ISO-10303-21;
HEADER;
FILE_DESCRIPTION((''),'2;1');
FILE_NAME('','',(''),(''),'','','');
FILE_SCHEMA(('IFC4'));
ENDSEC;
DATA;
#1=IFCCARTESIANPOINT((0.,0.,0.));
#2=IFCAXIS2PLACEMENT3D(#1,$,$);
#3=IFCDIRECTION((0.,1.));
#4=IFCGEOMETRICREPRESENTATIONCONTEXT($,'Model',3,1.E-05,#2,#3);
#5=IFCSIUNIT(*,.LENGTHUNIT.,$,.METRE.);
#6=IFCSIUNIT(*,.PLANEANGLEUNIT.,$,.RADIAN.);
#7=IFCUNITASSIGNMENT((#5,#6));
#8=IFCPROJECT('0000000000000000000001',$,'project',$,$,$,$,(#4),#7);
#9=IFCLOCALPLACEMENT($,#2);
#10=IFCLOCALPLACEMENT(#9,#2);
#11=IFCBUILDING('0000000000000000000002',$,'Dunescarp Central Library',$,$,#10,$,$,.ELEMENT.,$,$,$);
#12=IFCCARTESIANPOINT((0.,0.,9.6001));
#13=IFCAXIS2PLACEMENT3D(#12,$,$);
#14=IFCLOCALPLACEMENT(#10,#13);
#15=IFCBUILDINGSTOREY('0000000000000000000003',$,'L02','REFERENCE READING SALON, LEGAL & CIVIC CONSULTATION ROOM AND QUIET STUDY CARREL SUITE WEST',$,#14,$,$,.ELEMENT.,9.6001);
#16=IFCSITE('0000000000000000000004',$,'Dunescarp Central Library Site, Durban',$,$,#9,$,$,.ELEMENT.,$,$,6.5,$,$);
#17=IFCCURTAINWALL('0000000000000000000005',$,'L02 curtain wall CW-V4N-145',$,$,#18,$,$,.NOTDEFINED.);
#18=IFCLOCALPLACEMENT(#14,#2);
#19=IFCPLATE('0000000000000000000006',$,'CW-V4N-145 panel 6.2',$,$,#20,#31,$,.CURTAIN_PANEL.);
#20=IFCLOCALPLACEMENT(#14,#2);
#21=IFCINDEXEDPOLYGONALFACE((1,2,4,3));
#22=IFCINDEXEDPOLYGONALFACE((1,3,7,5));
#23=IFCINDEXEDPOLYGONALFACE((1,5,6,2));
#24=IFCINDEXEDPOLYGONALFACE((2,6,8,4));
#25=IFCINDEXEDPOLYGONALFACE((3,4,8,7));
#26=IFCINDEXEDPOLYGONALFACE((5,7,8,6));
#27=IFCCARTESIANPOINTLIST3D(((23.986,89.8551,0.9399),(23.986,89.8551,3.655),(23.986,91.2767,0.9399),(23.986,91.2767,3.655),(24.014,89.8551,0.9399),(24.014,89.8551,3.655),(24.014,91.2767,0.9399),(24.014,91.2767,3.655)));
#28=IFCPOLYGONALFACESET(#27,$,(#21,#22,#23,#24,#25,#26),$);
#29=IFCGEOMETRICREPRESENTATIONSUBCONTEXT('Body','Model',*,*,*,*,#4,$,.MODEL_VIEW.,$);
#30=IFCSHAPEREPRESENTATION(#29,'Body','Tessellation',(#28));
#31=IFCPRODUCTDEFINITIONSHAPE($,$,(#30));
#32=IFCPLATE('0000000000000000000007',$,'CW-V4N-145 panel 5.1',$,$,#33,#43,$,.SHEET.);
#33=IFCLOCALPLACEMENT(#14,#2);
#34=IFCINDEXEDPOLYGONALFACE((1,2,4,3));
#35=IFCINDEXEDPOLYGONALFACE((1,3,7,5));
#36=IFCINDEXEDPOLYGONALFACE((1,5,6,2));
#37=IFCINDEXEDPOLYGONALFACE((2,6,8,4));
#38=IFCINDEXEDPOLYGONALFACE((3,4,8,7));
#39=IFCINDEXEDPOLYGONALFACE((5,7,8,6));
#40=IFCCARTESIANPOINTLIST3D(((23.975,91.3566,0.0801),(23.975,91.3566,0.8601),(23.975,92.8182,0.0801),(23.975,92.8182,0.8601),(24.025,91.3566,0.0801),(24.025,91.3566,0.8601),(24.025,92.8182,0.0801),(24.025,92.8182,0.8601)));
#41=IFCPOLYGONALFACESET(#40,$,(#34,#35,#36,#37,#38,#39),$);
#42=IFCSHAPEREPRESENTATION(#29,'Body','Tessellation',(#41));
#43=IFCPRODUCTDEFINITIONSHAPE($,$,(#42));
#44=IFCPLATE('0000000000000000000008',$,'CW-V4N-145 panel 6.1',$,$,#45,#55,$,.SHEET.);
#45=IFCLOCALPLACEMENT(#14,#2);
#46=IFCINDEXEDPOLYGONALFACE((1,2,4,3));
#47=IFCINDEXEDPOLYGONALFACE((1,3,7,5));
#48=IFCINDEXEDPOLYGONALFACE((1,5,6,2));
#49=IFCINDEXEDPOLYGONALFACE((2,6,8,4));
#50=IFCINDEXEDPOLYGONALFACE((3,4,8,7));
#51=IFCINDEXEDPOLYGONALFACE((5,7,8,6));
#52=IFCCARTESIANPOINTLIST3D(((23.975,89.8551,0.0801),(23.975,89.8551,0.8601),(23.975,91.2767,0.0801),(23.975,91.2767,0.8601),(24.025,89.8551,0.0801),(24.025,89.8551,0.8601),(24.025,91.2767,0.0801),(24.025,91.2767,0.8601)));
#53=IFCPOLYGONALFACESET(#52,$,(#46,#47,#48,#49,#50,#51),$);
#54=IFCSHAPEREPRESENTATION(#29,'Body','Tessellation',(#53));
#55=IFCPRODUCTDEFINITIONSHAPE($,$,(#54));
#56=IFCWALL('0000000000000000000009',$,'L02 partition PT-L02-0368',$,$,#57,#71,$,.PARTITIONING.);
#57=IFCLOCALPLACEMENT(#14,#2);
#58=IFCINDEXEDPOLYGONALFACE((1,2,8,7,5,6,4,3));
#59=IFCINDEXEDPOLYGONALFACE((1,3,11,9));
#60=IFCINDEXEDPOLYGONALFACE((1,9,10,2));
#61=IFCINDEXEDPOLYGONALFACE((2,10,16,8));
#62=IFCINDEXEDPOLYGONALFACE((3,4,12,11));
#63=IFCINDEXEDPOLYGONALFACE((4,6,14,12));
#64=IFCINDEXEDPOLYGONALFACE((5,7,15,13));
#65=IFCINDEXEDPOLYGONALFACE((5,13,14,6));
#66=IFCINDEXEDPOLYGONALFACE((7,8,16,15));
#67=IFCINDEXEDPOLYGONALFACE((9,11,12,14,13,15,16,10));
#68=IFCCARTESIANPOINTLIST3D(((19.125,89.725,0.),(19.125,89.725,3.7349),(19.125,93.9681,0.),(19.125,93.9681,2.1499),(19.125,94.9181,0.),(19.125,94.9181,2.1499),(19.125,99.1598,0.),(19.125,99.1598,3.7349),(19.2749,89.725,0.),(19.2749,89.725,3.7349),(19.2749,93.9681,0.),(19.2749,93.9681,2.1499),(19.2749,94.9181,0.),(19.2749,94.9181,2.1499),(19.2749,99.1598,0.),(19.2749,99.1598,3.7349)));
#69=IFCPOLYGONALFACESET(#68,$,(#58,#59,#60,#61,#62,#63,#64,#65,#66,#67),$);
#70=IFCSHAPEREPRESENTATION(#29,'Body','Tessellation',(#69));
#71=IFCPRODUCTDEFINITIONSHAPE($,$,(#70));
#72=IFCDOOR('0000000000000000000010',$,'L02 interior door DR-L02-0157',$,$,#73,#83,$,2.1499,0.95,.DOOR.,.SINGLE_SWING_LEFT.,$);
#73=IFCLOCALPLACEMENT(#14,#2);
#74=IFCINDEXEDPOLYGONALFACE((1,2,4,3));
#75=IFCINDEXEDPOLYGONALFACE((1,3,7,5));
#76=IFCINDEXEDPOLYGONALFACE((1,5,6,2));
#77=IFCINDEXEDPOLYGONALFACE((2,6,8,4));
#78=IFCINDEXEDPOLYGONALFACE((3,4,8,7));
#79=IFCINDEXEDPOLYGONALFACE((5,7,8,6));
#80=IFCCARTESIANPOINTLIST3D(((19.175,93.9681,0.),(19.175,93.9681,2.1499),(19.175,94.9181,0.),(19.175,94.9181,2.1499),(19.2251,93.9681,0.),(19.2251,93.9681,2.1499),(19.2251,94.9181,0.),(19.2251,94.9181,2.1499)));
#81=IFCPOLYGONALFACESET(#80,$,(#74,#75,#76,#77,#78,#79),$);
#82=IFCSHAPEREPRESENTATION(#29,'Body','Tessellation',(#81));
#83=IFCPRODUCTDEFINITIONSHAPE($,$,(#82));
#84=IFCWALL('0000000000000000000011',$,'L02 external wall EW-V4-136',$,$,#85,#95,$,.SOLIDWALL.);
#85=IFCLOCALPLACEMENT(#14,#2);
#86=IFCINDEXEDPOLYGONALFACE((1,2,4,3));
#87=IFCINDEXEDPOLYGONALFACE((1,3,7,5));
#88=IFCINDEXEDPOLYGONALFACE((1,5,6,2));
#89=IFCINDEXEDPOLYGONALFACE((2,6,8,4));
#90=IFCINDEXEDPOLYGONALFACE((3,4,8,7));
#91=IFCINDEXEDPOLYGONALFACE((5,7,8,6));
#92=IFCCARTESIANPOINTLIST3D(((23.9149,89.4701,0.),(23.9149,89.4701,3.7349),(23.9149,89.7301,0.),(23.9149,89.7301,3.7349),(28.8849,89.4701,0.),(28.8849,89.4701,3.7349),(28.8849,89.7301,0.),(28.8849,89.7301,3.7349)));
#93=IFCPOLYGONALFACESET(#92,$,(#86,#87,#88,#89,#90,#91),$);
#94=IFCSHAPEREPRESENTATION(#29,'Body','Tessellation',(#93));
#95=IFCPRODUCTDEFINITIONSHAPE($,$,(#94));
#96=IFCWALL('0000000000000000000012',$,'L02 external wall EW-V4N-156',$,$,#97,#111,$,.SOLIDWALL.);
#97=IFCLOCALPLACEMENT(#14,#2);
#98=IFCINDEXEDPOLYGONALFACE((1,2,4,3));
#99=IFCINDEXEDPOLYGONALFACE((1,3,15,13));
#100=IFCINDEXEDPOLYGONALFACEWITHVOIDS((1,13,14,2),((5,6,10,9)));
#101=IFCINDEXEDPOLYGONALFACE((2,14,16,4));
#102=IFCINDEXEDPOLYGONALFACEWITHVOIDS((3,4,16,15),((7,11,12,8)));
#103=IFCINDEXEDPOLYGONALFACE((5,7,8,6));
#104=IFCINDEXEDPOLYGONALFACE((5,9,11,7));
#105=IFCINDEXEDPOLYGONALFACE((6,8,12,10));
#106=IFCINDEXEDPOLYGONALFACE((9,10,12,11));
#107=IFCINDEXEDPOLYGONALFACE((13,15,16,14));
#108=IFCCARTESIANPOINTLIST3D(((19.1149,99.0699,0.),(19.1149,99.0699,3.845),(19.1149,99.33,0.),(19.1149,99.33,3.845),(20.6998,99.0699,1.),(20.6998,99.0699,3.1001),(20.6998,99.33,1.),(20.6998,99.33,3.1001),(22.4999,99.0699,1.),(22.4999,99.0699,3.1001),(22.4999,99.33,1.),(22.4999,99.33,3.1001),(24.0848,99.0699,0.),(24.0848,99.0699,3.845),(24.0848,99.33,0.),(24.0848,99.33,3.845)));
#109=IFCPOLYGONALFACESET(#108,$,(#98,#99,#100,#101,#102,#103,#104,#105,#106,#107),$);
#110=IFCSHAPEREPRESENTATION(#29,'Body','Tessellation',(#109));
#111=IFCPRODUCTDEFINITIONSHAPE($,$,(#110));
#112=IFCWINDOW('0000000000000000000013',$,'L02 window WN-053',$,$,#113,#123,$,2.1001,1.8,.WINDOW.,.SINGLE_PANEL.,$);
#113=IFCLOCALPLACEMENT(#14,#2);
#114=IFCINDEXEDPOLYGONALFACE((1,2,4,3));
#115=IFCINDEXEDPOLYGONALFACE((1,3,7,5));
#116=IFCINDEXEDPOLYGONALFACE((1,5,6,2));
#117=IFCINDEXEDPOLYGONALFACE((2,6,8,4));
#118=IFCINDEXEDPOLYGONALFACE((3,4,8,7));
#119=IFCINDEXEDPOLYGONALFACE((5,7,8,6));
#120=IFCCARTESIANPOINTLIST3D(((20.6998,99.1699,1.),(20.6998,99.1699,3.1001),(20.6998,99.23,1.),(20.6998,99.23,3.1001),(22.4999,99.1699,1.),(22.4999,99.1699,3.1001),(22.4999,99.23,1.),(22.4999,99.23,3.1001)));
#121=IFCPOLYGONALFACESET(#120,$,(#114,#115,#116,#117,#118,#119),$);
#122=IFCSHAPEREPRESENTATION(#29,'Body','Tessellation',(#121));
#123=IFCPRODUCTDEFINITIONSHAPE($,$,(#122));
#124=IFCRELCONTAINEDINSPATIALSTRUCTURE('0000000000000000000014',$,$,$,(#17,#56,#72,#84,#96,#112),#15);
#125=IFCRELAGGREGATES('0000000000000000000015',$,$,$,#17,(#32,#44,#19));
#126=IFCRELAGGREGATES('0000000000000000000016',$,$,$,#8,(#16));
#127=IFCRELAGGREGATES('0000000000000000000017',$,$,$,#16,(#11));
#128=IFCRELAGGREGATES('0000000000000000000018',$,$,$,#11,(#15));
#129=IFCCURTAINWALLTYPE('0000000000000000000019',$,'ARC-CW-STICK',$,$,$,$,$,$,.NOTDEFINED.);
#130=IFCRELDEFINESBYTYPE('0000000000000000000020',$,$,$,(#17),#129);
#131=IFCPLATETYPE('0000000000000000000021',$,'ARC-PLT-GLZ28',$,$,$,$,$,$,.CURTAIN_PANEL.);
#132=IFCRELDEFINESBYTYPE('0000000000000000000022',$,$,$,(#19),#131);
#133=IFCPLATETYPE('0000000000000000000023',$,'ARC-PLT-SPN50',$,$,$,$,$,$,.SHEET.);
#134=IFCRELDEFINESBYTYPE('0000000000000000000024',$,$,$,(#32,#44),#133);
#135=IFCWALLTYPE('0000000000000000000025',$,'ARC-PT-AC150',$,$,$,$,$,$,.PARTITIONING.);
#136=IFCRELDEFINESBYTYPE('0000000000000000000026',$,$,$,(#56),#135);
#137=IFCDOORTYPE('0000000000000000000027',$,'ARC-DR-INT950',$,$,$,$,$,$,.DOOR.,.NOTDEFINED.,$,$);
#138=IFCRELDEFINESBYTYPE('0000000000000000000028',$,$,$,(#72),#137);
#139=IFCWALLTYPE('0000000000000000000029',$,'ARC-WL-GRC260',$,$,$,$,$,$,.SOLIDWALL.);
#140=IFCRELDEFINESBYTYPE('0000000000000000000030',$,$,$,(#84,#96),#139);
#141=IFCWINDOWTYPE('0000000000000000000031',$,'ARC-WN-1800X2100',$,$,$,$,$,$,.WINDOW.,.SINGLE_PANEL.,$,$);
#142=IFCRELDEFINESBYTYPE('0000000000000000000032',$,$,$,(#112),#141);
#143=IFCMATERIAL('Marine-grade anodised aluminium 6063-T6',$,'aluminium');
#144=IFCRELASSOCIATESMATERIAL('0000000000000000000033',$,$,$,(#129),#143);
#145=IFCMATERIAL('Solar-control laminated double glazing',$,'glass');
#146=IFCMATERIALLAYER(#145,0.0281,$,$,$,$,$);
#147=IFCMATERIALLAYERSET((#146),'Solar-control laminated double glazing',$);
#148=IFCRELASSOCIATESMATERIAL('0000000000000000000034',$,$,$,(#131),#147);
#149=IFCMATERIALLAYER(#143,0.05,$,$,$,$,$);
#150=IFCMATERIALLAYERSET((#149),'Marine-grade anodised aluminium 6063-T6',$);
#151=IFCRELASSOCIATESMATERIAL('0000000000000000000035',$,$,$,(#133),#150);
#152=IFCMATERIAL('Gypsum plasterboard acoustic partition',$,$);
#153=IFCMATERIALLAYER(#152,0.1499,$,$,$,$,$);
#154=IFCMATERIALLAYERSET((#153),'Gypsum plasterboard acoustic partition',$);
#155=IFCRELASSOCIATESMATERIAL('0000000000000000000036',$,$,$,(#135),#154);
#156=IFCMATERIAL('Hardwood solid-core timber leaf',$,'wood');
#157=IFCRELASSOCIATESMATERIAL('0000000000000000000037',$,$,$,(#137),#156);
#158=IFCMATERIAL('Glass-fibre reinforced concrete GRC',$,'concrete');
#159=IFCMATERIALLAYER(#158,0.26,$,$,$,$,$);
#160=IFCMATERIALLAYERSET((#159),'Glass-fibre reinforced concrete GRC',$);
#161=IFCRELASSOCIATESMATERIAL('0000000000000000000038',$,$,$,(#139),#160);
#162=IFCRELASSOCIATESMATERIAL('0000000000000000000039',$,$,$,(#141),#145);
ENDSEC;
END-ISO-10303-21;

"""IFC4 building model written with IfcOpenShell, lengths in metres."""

from ifc_helpers import new_model, si_unit, direction, frame, frame_2d, origin, origin_2d, place, context, subcontext, project, spatial, rectangle, extrude, material, layer, layer_set, type_object, element, fill, aggregate, save


model = new_model("IFC4")

# Units and contexts
model_context = context("Model", 3, precision=1e-05, world=origin(), true_north=direction((0.0, 1.0)))
body_context = subcontext(model_context, "Body", "Model", "MODEL_VIEW")
ifc_project = project(units=[si_unit("LENGTHUNIT", "METRE"), si_unit("PLANEANGLEUNIT", "RADIAN")], contexts=[model_context])

# Site, building, storey
site_placement = place(None, origin())
site = spatial("IfcSite", under=ifc_project, at=site_placement, Name="Dunescarp Central Library Site, Durban", CompositionType="ELEMENT", RefElevation=6.5)
building_placement = place(site_placement, origin())
building = spatial("IfcBuilding", under=site, at=building_placement, Name="Dunescarp Central Library", CompositionType="ELEMENT")
storey_placement = place(building_placement, frame((0.0, 0.0, 9.6001)))
storey = spatial("IfcBuildingStorey", under=building, at=storey_placement, Name="L02", Description="REFERENCE READING SALON, LEGAL & CIVIC CONSULTATION ROOM AND QUIET STUDY CARREL SUITE WEST", CompositionType="ELEMENT", Elevation=9.6001)

# Curtain wall
ifc_material_1 = material(Name="Marine-grade anodised aluminium 6063-T6", Category="aluminium")
curtain_wall_type = type_object("IfcCurtainWallType", Name="ARC-CW-STICK", PredefinedType="NOTDEFINED", material=ifc_material_1)
curtain_wall_placement = place(storey_placement, origin())
curtain_wall = element("IfcCurtainWall", 1, at=curtain_wall_placement, inside=storey, type_object=curtain_wall_type, Name="L02 curtain wall CW-V4N-145", PredefinedType="NOTDEFINED")

# Plates
ifc_material_2 = material(Name="Solar-control laminated double glazing", Category="glass")
ifc_layer_1 = layer(ifc_material_2, 0.0281)
ifc_layer_set_1 = layer_set([ifc_layer_1], Name="Solar-control laminated double glazing")
plate_type_1 = type_object("IfcPlateType", Name="ARC-PLT-GLZ28", PredefinedType="CURTAIN_PANEL", material=ifc_layer_set_1)
plate_1_placement = place(storey_placement, frame((24.0, 90.5659, 0.9399), z_axis=(0.0, 0.0, 1.0), x_axis=(0.0, -1.0, 0.0)))
plate_1 = element("IfcPlate", 2, at=plate_1_placement, type_object=plate_type_1, Name="CW-V4N-145 panel 6.2", PredefinedType="CURTAIN_PANEL", context=body_context, shape_type="SweptSolid", body=[
    extrude(rectangle(XDim=1.4216, YDim=0.0281, at=origin_2d()), origin(), (0.0, 0.0, 1.0), 2.7151),
])
ifc_layer_2 = layer(ifc_material_1, 0.05)
ifc_layer_set_2 = layer_set([ifc_layer_2], Name="Marine-grade anodised aluminium 6063-T6")
plate_type_2 = type_object("IfcPlateType", Name="ARC-PLT-SPN50", PredefinedType="SHEET", material=ifc_layer_set_2)
plate_2_placement = place(storey_placement, frame((24.0, 92.0874, 0.0801), z_axis=(0.0, 0.0, 1.0), x_axis=(0.0, -1.0, 0.0)))
plate_2 = element("IfcPlate", 3, at=plate_2_placement, type_object=plate_type_2, Name="CW-V4N-145 panel 5.1", PredefinedType="SHEET", context=body_context, shape_type="SweptSolid", body=[
    extrude(rectangle(XDim=1.4617, YDim=0.05, at=origin_2d()), origin(), (0.0, 0.0, 1.0), 0.78),
])
plate_3_placement = place(storey_placement, frame((24.0, 90.5659, 0.0801), z_axis=(0.0, 0.0, 1.0), x_axis=(0.0, -1.0, 0.0)))
plate_3 = element("IfcPlate", 4, at=plate_3_placement, type_object=plate_type_2, Name="CW-V4N-145 panel 6.1", PredefinedType="SHEET", context=body_context, shape_type="SweptSolid", body=[
    extrude(rectangle(XDim=1.4216, YDim=0.05, at=origin_2d()), origin(), (0.0, 0.0, 1.0), 0.78),
])
aggregate(curtain_wall, [plate_2, plate_3, plate_1])

# Wall, opening, door
ifc_material_3 = material(Name="Gypsum plasterboard acoustic partition")
ifc_layer_3 = layer(ifc_material_3, 0.1499)
ifc_layer_set_3 = layer_set([ifc_layer_3], Name="Gypsum plasterboard acoustic partition")
wall_type_1 = type_object("IfcWallType", Name="ARC-PT-AC150", PredefinedType="PARTITIONING", material=ifc_layer_set_3)
wall_1_placement = place(storey_placement, frame((19.2, 89.7251, 0.0), z_axis=(0.0, 0.0, 1.0), x_axis=(0.0, 1.0, 0.0)))
wall_1 = element("IfcWall", 5, at=wall_1_placement, inside=storey, type_object=wall_type_1, Name="L02 partition PT-L02-0368", PredefinedType="PARTITIONING", context=body_context, shape_type="SweptSolid", body=[
    extrude(rectangle(XDim=9.4348, YDim=0.1499, at=frame_2d((4.7173, 0.0))), origin(), (0.0, 0.0, 1.0), 3.7349),
])
opening_1_placement = place(wall_1_placement, frame((4.2429, 0.0, 0.0)))
opening_1 = element("IfcOpeningElement", 6, at=opening_1_placement, cuts=wall_1, PredefinedType="OPENING", context=body_context, shape_type="SweptSolid", body=[
    extrude(rectangle(XDim=0.95, YDim=2.1499, at=frame_2d((0.4751, 1.075))), frame((0.0, 0.085, 0.0), z_axis=(0.0, -1.0, 0.0), x_axis=(1.0, 0.0, 0.0)), (0.0, 0.0, 1.0), 0.1699),
])
ifc_material_4 = material(Name="Hardwood solid-core timber leaf", Category="wood")
door_type = type_object("IfcDoorType", Name="ARC-DR-INT950", OperationType="NOTDEFINED", PredefinedType="DOOR", material=ifc_material_4)
door_placement = place(opening_1_placement, origin())
door = element("IfcDoor", 7, at=door_placement, inside=storey, type_object=door_type, Name="L02 interior door DR-L02-0157", OperationType="SINGLE_SWING_LEFT", OverallHeight=2.1499, OverallWidth=0.95, PredefinedType="DOOR", context=body_context, shape_type="SweptSolid", body=[
    extrude(rectangle(XDim=0.95, YDim=2.1499, at=frame_2d((0.4751, 1.075))), frame((0.0, 0.0249, 0.0), z_axis=(0.0, -1.0, 0.0), x_axis=(1.0, 0.0, 0.0)), (0.0, 0.0, 1.0), 0.05),
])
fill(opening_1, door)

# Wall
ifc_material_5 = material(Name="Glass-fibre reinforced concrete GRC", Category="concrete")
ifc_layer_4 = layer(ifc_material_5, 0.26)
ifc_layer_set_4 = layer_set([ifc_layer_4], Name="Glass-fibre reinforced concrete GRC")
wall_type_2 = type_object("IfcWallType", Name="ARC-WL-GRC260", PredefinedType="SOLIDWALL", material=ifc_layer_set_4)
wall_2_placement = place(storey_placement, frame((23.915, 89.6001, 0.0), z_axis=(0.0, 0.0, 1.0), x_axis=(1.0, 0.0, 0.0)))
element("IfcWall", 8, at=wall_2_placement, inside=storey, type_object=wall_type_2, Name="L02 external wall EW-V4-136", PredefinedType="SOLIDWALL", context=body_context, shape_type="SweptSolid", body=[
    extrude(rectangle(XDim=4.97, YDim=0.26, at=frame_2d((2.4849, 0.0))), origin(), (0.0, 0.0, 1.0), 3.7349),
])

# Wall, opening, window
wall_3_placement = place(storey_placement, frame((19.115, 99.2, 0.0), z_axis=(0.0, 0.0, 1.0), x_axis=(1.0, 0.0, 0.0)))
wall_3 = element("IfcWall", 9, at=wall_3_placement, inside=storey, type_object=wall_type_2, Name="L02 external wall EW-V4N-156", PredefinedType="SOLIDWALL", context=body_context, shape_type="SweptSolid", body=[
    extrude(rectangle(XDim=4.97, YDim=0.26, at=frame_2d((2.4849, 0.0))), origin(), (0.0, 0.0, 1.0), 3.845),
])
opening_2_placement = place(wall_3_placement, frame((1.585, 0.0, 1.0)))
opening_2 = element("IfcOpeningElement", 10, at=opening_2_placement, cuts=wall_3, PredefinedType="OPENING", context=body_context, shape_type="SweptSolid", body=[
    extrude(rectangle(XDim=1.8, YDim=2.1001, at=frame_2d((0.8999, 1.05))), frame((0.0, 0.1401, 0.0), z_axis=(0.0, -1.0, 0.0), x_axis=(1.0, 0.0, 0.0)), (0.0, 0.0, 1.0), 0.28),
])
window_type = type_object("IfcWindowType", Name="ARC-WN-1800X2100", PartitioningType="SINGLE_PANEL", PredefinedType="WINDOW", material=ifc_material_2)
window_placement = place(opening_2_placement, origin())
window = element("IfcWindow", 11, at=window_placement, inside=storey, type_object=window_type, Name="L02 window WN-053", OverallHeight=2.1001, OverallWidth=1.8, PartitioningType="SINGLE_PANEL", PredefinedType="WINDOW", context=body_context, shape_type="SweptSolid", body=[
    extrude(rectangle(XDim=1.8, YDim=2.1001, at=frame_2d((0.8999, 1.05))), frame((0.0, 0.03, 0.0), z_axis=(0.0, -1.0, 0.0), x_axis=(1.0, 0.0, 0.0)), (0.0, 0.0, 1.0), 0.0601),
])
fill(opening_2, window)

save(model, "model.ifc")
